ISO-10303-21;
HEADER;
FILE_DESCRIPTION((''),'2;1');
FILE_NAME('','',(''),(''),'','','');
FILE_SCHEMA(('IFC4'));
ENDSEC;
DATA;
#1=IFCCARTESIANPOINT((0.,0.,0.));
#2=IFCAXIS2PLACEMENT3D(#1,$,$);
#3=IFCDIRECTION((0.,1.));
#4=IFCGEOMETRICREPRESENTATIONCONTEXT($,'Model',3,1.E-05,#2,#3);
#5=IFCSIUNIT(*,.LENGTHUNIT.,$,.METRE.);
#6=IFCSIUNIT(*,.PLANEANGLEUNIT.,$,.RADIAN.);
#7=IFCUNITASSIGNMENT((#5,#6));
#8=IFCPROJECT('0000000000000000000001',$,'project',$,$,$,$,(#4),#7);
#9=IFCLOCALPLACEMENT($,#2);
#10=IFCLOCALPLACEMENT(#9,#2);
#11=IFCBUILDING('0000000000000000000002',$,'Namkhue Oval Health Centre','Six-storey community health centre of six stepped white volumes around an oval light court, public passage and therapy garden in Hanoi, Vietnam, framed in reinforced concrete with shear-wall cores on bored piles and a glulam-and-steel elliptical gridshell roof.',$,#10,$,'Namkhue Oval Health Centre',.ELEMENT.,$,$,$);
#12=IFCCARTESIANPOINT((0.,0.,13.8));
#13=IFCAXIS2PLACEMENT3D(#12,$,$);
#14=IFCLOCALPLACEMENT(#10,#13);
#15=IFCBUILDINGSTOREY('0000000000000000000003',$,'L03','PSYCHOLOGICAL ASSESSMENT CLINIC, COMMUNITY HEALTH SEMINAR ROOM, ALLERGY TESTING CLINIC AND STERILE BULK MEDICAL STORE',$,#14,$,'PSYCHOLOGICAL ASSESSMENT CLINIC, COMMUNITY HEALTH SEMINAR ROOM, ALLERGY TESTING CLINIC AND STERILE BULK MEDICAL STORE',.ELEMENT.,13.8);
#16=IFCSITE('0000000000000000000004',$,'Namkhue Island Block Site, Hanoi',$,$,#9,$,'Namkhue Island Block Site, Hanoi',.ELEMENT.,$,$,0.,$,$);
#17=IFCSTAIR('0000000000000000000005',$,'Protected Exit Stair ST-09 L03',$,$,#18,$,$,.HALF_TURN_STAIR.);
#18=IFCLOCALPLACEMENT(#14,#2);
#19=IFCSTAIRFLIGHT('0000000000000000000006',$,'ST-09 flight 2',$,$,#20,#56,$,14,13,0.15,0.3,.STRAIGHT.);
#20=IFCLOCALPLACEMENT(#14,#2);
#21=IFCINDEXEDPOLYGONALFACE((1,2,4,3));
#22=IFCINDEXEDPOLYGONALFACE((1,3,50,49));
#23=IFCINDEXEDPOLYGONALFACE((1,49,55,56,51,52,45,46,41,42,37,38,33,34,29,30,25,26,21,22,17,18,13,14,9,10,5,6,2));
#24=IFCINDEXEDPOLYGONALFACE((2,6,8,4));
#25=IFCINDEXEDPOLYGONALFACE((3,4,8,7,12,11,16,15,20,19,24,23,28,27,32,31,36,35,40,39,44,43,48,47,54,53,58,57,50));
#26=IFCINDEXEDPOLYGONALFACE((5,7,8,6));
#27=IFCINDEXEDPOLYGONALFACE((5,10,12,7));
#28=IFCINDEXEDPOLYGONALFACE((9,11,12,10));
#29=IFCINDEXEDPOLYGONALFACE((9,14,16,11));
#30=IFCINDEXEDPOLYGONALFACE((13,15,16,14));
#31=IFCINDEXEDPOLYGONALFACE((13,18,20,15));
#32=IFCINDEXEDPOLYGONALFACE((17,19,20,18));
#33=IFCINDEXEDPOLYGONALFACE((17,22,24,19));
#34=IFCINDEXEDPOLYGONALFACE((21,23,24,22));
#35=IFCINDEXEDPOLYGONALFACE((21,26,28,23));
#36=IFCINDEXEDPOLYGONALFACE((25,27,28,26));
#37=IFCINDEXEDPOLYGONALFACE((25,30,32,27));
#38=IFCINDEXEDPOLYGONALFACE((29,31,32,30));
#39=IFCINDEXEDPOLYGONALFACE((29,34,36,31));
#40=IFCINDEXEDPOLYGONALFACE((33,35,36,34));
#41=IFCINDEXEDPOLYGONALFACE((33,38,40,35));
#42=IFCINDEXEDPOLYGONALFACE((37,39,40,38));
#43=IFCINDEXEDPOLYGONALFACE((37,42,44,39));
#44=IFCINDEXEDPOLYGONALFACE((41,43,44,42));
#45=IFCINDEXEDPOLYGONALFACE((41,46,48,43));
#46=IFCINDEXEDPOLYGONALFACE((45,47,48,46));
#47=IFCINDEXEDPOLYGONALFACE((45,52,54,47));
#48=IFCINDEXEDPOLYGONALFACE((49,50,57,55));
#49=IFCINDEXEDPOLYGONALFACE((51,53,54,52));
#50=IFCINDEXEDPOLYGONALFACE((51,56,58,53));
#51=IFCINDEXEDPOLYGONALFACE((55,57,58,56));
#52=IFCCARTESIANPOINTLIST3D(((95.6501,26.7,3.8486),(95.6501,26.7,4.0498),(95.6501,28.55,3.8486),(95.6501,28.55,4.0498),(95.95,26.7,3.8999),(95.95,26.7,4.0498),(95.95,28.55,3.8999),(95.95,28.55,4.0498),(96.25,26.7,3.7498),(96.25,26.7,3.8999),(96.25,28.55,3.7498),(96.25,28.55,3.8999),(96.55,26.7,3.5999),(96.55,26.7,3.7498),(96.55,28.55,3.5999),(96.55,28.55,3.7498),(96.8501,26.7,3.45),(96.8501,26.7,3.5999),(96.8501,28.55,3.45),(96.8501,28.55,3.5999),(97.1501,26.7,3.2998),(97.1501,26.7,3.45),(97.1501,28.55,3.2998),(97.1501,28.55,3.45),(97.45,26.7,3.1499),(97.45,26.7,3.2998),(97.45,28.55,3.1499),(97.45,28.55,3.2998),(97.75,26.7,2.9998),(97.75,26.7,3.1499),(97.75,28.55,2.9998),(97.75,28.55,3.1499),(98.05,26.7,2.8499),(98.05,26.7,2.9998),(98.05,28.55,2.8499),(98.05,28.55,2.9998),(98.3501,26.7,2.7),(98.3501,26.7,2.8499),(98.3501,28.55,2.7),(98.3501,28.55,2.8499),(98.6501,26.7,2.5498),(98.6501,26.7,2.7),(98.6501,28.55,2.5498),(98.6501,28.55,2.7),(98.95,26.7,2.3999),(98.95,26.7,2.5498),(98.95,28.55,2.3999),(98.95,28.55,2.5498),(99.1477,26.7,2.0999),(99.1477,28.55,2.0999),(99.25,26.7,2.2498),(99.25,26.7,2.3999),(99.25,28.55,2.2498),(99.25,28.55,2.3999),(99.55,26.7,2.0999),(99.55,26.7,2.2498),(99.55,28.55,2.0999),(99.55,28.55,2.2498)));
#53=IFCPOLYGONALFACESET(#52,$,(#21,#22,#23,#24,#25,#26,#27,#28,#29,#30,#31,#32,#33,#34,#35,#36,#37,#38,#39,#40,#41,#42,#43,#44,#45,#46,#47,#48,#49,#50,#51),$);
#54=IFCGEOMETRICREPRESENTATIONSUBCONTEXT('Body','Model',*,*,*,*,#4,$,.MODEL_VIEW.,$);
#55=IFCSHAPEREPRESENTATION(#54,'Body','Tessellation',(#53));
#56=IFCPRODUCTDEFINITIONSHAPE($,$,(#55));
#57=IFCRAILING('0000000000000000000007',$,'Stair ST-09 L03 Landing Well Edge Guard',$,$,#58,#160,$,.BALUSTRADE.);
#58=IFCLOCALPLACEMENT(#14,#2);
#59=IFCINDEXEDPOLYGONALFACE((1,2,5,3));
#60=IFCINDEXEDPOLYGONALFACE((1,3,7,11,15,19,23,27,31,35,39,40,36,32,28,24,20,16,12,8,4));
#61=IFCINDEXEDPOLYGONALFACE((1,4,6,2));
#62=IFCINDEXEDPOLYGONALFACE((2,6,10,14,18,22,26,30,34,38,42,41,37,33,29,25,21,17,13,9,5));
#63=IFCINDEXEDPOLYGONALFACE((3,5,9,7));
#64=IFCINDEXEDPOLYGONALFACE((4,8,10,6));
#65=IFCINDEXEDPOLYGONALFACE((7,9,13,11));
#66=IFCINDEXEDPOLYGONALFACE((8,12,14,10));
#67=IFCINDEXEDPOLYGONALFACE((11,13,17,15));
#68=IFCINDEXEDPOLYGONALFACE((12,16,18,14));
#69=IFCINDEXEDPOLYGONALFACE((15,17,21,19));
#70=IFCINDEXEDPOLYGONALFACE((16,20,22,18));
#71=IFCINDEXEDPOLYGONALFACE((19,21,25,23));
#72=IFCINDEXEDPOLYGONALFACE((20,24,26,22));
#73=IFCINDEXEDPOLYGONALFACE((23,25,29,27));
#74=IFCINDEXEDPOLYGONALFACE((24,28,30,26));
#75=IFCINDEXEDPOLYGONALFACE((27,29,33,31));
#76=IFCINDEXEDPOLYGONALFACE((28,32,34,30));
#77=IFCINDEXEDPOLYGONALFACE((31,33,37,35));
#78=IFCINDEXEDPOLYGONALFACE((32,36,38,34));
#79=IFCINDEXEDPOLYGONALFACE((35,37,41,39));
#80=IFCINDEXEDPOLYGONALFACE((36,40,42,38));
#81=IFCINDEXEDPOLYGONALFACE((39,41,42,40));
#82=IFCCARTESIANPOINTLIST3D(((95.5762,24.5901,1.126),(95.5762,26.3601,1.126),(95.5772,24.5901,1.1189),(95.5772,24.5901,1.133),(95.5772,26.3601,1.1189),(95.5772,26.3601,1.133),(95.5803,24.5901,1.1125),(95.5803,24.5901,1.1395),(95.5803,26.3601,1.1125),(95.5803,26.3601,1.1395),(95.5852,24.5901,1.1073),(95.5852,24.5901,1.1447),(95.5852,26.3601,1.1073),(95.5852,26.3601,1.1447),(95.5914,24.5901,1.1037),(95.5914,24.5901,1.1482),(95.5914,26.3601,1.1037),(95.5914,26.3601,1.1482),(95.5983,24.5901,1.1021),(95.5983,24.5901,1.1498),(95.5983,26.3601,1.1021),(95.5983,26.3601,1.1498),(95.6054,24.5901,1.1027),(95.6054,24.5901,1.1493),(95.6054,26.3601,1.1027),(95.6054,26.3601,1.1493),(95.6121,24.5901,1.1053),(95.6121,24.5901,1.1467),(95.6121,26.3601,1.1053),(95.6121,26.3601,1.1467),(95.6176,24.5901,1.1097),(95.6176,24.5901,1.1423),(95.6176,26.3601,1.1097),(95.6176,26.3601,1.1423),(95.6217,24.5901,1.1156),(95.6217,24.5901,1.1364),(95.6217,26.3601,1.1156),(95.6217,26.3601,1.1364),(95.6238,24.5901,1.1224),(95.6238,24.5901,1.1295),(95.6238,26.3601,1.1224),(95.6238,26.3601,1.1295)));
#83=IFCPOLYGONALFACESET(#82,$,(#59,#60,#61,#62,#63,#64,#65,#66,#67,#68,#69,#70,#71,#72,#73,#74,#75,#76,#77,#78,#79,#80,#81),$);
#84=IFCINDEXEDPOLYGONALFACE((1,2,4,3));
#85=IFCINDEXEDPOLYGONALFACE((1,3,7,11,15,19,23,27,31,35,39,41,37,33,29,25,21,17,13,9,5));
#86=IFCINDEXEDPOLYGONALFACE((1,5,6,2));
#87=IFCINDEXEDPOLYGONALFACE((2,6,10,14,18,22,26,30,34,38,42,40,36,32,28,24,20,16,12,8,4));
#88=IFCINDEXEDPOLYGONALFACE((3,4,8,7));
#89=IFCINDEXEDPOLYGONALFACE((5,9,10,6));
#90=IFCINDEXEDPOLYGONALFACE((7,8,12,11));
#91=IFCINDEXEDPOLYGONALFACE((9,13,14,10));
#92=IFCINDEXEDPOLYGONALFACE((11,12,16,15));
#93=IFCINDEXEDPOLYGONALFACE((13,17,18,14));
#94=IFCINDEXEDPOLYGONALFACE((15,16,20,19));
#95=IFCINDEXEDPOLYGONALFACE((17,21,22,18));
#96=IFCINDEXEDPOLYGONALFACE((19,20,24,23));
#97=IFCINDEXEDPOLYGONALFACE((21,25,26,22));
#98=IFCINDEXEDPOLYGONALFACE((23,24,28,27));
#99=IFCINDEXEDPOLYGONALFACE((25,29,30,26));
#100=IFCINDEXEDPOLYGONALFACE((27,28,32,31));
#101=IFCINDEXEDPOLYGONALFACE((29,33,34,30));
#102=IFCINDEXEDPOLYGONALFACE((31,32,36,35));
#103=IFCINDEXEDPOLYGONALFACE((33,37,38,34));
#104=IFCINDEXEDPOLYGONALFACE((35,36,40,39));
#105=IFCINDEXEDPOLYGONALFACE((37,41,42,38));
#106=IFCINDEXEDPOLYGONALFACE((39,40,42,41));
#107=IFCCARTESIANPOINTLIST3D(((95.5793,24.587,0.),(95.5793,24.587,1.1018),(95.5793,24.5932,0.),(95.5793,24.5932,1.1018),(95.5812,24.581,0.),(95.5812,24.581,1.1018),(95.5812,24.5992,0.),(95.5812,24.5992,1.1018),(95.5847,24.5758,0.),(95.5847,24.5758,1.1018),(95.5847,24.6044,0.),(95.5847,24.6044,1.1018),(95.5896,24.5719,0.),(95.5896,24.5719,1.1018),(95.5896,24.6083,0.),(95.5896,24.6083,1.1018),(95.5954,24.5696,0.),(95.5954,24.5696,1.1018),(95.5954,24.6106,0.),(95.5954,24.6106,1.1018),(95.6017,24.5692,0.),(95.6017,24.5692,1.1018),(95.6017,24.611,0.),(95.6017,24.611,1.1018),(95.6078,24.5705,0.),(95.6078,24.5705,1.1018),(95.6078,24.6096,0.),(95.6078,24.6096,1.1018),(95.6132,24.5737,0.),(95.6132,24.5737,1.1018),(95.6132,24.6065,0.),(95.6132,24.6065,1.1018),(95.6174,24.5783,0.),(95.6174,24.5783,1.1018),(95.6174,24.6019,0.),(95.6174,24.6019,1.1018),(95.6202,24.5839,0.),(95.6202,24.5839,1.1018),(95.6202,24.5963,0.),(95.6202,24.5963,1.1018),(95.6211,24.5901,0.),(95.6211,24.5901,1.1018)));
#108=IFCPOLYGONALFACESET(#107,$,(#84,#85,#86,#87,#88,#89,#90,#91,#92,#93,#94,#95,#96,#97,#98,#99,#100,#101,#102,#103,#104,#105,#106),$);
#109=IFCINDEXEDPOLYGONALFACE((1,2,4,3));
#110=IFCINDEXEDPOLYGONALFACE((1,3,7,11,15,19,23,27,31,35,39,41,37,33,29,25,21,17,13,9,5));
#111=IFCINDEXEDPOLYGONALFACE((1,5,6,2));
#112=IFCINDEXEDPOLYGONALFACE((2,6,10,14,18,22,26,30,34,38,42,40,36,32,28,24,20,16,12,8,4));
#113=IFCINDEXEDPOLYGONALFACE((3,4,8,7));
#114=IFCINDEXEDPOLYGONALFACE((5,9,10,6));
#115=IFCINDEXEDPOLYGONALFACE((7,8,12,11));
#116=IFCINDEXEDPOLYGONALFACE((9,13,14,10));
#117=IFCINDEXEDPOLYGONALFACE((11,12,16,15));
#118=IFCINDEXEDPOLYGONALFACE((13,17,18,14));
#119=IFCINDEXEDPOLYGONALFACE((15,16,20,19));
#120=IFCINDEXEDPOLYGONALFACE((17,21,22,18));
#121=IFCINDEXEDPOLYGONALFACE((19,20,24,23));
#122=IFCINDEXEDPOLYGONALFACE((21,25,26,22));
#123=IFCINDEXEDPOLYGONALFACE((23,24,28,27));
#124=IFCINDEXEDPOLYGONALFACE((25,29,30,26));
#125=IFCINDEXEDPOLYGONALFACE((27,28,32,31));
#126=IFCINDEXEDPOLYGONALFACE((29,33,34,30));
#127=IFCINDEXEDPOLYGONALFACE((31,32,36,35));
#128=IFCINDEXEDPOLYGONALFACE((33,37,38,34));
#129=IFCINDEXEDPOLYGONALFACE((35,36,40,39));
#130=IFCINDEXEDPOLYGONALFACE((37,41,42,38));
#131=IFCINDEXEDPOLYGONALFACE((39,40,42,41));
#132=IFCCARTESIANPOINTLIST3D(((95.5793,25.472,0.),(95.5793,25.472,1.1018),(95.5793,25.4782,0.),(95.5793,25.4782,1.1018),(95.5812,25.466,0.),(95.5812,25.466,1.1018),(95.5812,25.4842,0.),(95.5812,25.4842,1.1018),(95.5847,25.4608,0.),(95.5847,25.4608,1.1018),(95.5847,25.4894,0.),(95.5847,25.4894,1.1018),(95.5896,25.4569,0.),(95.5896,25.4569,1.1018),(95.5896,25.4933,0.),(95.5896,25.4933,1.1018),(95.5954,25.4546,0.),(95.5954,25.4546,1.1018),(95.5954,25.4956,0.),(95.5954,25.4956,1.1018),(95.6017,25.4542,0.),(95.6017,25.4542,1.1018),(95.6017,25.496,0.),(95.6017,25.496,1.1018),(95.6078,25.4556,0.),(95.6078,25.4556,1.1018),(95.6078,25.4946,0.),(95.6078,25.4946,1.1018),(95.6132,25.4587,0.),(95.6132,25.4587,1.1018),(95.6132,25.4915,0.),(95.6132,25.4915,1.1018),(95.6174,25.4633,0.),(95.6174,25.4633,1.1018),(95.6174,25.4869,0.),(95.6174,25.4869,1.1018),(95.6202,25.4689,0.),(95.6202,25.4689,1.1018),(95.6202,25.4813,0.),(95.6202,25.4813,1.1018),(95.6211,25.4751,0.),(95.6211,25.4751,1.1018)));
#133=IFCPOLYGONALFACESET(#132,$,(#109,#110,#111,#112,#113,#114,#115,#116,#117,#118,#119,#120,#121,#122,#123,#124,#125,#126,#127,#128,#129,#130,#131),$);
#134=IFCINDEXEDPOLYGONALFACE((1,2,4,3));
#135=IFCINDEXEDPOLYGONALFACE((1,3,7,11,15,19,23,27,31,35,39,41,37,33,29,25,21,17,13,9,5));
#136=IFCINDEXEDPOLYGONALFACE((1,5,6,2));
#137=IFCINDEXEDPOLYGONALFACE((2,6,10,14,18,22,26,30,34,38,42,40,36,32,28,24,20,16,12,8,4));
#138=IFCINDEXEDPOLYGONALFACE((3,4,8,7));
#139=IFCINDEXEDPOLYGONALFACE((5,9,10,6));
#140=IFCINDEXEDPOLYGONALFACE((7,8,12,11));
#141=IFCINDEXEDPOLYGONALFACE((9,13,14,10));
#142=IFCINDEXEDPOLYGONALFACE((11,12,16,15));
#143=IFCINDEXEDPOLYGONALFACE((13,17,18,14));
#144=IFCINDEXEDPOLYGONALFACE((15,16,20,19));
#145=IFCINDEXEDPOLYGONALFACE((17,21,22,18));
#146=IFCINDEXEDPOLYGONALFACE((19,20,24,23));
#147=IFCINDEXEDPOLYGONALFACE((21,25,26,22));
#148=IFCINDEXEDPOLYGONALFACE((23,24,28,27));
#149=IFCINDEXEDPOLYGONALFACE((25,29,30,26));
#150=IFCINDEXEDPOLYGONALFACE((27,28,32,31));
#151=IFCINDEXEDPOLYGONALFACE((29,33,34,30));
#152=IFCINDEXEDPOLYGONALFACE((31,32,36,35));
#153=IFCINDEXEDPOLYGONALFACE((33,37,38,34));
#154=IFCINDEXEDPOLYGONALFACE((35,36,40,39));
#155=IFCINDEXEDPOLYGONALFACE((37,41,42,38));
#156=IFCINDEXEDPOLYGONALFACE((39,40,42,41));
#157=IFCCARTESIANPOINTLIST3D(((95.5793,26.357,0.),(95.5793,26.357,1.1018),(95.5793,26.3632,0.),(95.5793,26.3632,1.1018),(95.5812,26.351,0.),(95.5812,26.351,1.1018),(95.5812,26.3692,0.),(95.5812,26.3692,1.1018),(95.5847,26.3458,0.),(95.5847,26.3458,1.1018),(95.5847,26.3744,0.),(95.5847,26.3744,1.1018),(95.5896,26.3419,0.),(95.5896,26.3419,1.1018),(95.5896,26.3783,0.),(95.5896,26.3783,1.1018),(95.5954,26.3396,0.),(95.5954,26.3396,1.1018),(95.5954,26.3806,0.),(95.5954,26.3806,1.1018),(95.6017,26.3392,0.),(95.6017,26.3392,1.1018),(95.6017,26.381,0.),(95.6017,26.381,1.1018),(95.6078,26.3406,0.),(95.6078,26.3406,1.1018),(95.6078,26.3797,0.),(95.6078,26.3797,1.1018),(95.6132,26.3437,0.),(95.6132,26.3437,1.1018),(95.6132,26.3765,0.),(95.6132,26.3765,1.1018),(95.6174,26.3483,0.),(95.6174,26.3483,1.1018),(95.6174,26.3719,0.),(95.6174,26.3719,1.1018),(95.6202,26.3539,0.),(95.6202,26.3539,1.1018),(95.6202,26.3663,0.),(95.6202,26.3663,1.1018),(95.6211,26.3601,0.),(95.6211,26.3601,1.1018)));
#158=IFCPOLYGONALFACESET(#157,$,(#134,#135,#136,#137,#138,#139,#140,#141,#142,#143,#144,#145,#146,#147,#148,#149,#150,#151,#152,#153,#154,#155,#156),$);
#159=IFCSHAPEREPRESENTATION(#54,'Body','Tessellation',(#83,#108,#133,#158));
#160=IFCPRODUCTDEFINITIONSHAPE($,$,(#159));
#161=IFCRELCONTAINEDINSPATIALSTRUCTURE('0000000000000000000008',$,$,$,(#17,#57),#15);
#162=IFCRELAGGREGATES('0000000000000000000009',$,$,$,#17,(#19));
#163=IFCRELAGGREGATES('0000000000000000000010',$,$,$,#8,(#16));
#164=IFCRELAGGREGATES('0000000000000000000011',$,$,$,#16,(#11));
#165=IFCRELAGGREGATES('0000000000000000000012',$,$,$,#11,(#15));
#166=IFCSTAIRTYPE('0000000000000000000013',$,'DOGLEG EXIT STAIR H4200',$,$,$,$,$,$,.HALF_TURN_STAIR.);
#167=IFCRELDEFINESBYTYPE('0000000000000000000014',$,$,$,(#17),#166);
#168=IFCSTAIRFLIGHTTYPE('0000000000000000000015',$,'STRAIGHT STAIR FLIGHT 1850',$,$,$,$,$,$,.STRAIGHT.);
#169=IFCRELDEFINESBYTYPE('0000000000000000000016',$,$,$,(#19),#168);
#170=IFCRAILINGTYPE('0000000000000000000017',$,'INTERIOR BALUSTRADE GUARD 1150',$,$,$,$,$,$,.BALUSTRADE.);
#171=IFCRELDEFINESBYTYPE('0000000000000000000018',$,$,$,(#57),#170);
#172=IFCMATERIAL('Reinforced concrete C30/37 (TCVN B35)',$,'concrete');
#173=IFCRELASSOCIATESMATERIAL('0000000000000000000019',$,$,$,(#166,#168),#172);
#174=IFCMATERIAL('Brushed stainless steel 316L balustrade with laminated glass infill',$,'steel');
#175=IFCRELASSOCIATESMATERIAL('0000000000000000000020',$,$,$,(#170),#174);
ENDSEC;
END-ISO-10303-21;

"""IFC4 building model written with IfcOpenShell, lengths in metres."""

from ifc_helpers import new_model, si_unit, direction, frame, origin, origin_2d, place, context, subcontext, project, spatial, polyline, circle, outline, extrude, material, type_object, element, aggregate, save


model = new_model("IFC4")

# Units and contexts
model_context = context("Model", 3, precision=1e-05, world=origin(), true_north=direction((0.0, 1.0)))
body_context = subcontext(model_context, "Body", "Model", "MODEL_VIEW")
ifc_project = project(units=[si_unit("LENGTHUNIT", "METRE"), si_unit("PLANEANGLEUNIT", "RADIAN")], contexts=[model_context])

# Site, building, storey
site_placement = place(None, origin())
site = spatial("IfcSite", under=ifc_project, at=site_placement, Name="Namkhue Island Block Site, Hanoi", LongName="Namkhue Island Block Site, Hanoi", CompositionType="ELEMENT", RefElevation=0.0)
building_placement = place(site_placement, origin())
building = spatial("IfcBuilding", under=site, at=building_placement, Name="Namkhue Oval Health Centre", Description="Six-storey community health centre of six stepped white volumes around an oval light court, public passage and therapy garden in Hanoi, Vietnam, framed in reinforced concrete with shear-wall cores on bored piles and a glulam-and-steel elliptical gridshell roof.", LongName="Namkhue Oval Health Centre", CompositionType="ELEMENT")
storey_placement = place(building_placement, frame((0.0, 0.0, 13.8)))
storey = spatial("IfcBuildingStorey", under=building, at=storey_placement, Name="L03", Description="PSYCHOLOGICAL ASSESSMENT CLINIC, COMMUNITY HEALTH SEMINAR ROOM, ALLERGY TESTING CLINIC AND STERILE BULK MEDICAL STORE", LongName="PSYCHOLOGICAL ASSESSMENT CLINIC, COMMUNITY HEALTH SEMINAR ROOM, ALLERGY TESTING CLINIC AND STERILE BULK MEDICAL STORE", CompositionType="ELEMENT", Elevation=13.8)

# Stair, stair flight
ifc_material_1 = material(Name="Reinforced concrete C30/37 (TCVN B35)", Category="concrete")
stair_type = type_object("IfcStairType", Name="DOGLEG EXIT STAIR H4200", PredefinedType="HALF_TURN_STAIR", material=ifc_material_1)
stair_placement = place(storey_placement, origin())
stair = element("IfcStair", 1, at=stair_placement, inside=storey, type_object=stair_type, Name="Protected Exit Stair ST-09 L03", PredefinedType="HALF_TURN_STAIR")
stair_flight_type = type_object("IfcStairFlightType", Name="STRAIGHT STAIR FLIGHT 1850", PredefinedType="STRAIGHT", material=ifc_material_1)
stair_flight_1_placement = place(storey_placement, frame((99.55, 27.625, 2.0999), z_axis=(0.0, 0.0, 1.0), x_axis=(-1.0, 0.0, 0.0)))
stair_flight_1 = element("IfcStairFlight", 2, at=stair_flight_1_placement, type_object=stair_flight_type, Name="ST-09 flight 2", NumberOfRisers=14, NumberOfTreads=13, PredefinedType="STRAIGHT", RiserHeight=0.15, TreadLength=0.3, context=body_context, shape_type="SweptSolid", body=[
    extrude(outline(polyline([(0.0, 0.0), (0.0, 0.1499), (0.3, 0.1499), (0.3, 0.3), (0.6001, 0.3), (0.6001, 0.45), (0.8999, 0.45), (0.8999, 0.6001), (1.2, 0.6001), (1.2, 0.75), (1.5, 0.75), (1.5, 0.8999), (1.8, 0.8999), (1.8, 1.05), (2.1001, 1.05), (2.1001, 1.2), (2.3999, 1.2), (2.3999, 1.3501), (2.7, 1.3501), (2.7, 1.5), (3.0, 1.5), (3.0, 1.6499), (3.3, 1.6499), (3.3, 1.8), (3.6001, 1.8), (3.6001, 1.95), (3.8999, 1.95), (3.8999, 2.1001), (3.8999, 1.7488), (0.4023, 0.0), (0.0, 0.0)])), frame((0.0, 0.925, 0.0), z_axis=(0.0, -1.0, 0.0), x_axis=(1.0, 0.0, 0.0)), (0.0, 0.0, 1.0), 1.8501),
])
aggregate(stair, [stair_flight_1])

# Railing
ifc_material_2 = material(Name="Brushed stainless steel 316L balustrade with laminated glass infill", Category="steel")
railing_type_1 = type_object("IfcRailingType", Name="INTERIOR BALUSTRADE GUARD 1150", PredefinedType="BALUSTRADE", material=ifc_material_2)
railing_1_placement = place(storey_placement, frame((95.6001, 24.5901, 0.0)))
element("IfcRailing", 3, at=railing_1_placement, inside=storey, type_object=railing_type_1, Name="Stair ST-09 L03 Landing Well Edge Guard", PredefinedType="BALUSTRADE", context=body_context, shape_type="SweptSolid", body=[
    extrude(circle(Radius=0.0239, at=origin_2d()), frame((0.0, 0.0, 1.126), z_axis=(0.0, 1.0, 0.0), x_axis=(-1.0, 0.0, 0.0)), (0.0, 0.0, 1.0), 1.77),
    extrude(circle(Radius=0.021, at=origin_2d()), origin(), (0.0, 0.0, 1.0), 1.1018),
    extrude(circle(Radius=0.021, at=origin_2d()), frame((0.0, 0.885, 0.0)), (0.0, 0.0, 1.0), 1.1018),
    extrude(circle(Radius=0.021, at=origin_2d()), frame((0.0, 1.77, 0.0)), (0.0, 0.0, 1.0), 1.1018),
])

save(model, "model.ifc")
